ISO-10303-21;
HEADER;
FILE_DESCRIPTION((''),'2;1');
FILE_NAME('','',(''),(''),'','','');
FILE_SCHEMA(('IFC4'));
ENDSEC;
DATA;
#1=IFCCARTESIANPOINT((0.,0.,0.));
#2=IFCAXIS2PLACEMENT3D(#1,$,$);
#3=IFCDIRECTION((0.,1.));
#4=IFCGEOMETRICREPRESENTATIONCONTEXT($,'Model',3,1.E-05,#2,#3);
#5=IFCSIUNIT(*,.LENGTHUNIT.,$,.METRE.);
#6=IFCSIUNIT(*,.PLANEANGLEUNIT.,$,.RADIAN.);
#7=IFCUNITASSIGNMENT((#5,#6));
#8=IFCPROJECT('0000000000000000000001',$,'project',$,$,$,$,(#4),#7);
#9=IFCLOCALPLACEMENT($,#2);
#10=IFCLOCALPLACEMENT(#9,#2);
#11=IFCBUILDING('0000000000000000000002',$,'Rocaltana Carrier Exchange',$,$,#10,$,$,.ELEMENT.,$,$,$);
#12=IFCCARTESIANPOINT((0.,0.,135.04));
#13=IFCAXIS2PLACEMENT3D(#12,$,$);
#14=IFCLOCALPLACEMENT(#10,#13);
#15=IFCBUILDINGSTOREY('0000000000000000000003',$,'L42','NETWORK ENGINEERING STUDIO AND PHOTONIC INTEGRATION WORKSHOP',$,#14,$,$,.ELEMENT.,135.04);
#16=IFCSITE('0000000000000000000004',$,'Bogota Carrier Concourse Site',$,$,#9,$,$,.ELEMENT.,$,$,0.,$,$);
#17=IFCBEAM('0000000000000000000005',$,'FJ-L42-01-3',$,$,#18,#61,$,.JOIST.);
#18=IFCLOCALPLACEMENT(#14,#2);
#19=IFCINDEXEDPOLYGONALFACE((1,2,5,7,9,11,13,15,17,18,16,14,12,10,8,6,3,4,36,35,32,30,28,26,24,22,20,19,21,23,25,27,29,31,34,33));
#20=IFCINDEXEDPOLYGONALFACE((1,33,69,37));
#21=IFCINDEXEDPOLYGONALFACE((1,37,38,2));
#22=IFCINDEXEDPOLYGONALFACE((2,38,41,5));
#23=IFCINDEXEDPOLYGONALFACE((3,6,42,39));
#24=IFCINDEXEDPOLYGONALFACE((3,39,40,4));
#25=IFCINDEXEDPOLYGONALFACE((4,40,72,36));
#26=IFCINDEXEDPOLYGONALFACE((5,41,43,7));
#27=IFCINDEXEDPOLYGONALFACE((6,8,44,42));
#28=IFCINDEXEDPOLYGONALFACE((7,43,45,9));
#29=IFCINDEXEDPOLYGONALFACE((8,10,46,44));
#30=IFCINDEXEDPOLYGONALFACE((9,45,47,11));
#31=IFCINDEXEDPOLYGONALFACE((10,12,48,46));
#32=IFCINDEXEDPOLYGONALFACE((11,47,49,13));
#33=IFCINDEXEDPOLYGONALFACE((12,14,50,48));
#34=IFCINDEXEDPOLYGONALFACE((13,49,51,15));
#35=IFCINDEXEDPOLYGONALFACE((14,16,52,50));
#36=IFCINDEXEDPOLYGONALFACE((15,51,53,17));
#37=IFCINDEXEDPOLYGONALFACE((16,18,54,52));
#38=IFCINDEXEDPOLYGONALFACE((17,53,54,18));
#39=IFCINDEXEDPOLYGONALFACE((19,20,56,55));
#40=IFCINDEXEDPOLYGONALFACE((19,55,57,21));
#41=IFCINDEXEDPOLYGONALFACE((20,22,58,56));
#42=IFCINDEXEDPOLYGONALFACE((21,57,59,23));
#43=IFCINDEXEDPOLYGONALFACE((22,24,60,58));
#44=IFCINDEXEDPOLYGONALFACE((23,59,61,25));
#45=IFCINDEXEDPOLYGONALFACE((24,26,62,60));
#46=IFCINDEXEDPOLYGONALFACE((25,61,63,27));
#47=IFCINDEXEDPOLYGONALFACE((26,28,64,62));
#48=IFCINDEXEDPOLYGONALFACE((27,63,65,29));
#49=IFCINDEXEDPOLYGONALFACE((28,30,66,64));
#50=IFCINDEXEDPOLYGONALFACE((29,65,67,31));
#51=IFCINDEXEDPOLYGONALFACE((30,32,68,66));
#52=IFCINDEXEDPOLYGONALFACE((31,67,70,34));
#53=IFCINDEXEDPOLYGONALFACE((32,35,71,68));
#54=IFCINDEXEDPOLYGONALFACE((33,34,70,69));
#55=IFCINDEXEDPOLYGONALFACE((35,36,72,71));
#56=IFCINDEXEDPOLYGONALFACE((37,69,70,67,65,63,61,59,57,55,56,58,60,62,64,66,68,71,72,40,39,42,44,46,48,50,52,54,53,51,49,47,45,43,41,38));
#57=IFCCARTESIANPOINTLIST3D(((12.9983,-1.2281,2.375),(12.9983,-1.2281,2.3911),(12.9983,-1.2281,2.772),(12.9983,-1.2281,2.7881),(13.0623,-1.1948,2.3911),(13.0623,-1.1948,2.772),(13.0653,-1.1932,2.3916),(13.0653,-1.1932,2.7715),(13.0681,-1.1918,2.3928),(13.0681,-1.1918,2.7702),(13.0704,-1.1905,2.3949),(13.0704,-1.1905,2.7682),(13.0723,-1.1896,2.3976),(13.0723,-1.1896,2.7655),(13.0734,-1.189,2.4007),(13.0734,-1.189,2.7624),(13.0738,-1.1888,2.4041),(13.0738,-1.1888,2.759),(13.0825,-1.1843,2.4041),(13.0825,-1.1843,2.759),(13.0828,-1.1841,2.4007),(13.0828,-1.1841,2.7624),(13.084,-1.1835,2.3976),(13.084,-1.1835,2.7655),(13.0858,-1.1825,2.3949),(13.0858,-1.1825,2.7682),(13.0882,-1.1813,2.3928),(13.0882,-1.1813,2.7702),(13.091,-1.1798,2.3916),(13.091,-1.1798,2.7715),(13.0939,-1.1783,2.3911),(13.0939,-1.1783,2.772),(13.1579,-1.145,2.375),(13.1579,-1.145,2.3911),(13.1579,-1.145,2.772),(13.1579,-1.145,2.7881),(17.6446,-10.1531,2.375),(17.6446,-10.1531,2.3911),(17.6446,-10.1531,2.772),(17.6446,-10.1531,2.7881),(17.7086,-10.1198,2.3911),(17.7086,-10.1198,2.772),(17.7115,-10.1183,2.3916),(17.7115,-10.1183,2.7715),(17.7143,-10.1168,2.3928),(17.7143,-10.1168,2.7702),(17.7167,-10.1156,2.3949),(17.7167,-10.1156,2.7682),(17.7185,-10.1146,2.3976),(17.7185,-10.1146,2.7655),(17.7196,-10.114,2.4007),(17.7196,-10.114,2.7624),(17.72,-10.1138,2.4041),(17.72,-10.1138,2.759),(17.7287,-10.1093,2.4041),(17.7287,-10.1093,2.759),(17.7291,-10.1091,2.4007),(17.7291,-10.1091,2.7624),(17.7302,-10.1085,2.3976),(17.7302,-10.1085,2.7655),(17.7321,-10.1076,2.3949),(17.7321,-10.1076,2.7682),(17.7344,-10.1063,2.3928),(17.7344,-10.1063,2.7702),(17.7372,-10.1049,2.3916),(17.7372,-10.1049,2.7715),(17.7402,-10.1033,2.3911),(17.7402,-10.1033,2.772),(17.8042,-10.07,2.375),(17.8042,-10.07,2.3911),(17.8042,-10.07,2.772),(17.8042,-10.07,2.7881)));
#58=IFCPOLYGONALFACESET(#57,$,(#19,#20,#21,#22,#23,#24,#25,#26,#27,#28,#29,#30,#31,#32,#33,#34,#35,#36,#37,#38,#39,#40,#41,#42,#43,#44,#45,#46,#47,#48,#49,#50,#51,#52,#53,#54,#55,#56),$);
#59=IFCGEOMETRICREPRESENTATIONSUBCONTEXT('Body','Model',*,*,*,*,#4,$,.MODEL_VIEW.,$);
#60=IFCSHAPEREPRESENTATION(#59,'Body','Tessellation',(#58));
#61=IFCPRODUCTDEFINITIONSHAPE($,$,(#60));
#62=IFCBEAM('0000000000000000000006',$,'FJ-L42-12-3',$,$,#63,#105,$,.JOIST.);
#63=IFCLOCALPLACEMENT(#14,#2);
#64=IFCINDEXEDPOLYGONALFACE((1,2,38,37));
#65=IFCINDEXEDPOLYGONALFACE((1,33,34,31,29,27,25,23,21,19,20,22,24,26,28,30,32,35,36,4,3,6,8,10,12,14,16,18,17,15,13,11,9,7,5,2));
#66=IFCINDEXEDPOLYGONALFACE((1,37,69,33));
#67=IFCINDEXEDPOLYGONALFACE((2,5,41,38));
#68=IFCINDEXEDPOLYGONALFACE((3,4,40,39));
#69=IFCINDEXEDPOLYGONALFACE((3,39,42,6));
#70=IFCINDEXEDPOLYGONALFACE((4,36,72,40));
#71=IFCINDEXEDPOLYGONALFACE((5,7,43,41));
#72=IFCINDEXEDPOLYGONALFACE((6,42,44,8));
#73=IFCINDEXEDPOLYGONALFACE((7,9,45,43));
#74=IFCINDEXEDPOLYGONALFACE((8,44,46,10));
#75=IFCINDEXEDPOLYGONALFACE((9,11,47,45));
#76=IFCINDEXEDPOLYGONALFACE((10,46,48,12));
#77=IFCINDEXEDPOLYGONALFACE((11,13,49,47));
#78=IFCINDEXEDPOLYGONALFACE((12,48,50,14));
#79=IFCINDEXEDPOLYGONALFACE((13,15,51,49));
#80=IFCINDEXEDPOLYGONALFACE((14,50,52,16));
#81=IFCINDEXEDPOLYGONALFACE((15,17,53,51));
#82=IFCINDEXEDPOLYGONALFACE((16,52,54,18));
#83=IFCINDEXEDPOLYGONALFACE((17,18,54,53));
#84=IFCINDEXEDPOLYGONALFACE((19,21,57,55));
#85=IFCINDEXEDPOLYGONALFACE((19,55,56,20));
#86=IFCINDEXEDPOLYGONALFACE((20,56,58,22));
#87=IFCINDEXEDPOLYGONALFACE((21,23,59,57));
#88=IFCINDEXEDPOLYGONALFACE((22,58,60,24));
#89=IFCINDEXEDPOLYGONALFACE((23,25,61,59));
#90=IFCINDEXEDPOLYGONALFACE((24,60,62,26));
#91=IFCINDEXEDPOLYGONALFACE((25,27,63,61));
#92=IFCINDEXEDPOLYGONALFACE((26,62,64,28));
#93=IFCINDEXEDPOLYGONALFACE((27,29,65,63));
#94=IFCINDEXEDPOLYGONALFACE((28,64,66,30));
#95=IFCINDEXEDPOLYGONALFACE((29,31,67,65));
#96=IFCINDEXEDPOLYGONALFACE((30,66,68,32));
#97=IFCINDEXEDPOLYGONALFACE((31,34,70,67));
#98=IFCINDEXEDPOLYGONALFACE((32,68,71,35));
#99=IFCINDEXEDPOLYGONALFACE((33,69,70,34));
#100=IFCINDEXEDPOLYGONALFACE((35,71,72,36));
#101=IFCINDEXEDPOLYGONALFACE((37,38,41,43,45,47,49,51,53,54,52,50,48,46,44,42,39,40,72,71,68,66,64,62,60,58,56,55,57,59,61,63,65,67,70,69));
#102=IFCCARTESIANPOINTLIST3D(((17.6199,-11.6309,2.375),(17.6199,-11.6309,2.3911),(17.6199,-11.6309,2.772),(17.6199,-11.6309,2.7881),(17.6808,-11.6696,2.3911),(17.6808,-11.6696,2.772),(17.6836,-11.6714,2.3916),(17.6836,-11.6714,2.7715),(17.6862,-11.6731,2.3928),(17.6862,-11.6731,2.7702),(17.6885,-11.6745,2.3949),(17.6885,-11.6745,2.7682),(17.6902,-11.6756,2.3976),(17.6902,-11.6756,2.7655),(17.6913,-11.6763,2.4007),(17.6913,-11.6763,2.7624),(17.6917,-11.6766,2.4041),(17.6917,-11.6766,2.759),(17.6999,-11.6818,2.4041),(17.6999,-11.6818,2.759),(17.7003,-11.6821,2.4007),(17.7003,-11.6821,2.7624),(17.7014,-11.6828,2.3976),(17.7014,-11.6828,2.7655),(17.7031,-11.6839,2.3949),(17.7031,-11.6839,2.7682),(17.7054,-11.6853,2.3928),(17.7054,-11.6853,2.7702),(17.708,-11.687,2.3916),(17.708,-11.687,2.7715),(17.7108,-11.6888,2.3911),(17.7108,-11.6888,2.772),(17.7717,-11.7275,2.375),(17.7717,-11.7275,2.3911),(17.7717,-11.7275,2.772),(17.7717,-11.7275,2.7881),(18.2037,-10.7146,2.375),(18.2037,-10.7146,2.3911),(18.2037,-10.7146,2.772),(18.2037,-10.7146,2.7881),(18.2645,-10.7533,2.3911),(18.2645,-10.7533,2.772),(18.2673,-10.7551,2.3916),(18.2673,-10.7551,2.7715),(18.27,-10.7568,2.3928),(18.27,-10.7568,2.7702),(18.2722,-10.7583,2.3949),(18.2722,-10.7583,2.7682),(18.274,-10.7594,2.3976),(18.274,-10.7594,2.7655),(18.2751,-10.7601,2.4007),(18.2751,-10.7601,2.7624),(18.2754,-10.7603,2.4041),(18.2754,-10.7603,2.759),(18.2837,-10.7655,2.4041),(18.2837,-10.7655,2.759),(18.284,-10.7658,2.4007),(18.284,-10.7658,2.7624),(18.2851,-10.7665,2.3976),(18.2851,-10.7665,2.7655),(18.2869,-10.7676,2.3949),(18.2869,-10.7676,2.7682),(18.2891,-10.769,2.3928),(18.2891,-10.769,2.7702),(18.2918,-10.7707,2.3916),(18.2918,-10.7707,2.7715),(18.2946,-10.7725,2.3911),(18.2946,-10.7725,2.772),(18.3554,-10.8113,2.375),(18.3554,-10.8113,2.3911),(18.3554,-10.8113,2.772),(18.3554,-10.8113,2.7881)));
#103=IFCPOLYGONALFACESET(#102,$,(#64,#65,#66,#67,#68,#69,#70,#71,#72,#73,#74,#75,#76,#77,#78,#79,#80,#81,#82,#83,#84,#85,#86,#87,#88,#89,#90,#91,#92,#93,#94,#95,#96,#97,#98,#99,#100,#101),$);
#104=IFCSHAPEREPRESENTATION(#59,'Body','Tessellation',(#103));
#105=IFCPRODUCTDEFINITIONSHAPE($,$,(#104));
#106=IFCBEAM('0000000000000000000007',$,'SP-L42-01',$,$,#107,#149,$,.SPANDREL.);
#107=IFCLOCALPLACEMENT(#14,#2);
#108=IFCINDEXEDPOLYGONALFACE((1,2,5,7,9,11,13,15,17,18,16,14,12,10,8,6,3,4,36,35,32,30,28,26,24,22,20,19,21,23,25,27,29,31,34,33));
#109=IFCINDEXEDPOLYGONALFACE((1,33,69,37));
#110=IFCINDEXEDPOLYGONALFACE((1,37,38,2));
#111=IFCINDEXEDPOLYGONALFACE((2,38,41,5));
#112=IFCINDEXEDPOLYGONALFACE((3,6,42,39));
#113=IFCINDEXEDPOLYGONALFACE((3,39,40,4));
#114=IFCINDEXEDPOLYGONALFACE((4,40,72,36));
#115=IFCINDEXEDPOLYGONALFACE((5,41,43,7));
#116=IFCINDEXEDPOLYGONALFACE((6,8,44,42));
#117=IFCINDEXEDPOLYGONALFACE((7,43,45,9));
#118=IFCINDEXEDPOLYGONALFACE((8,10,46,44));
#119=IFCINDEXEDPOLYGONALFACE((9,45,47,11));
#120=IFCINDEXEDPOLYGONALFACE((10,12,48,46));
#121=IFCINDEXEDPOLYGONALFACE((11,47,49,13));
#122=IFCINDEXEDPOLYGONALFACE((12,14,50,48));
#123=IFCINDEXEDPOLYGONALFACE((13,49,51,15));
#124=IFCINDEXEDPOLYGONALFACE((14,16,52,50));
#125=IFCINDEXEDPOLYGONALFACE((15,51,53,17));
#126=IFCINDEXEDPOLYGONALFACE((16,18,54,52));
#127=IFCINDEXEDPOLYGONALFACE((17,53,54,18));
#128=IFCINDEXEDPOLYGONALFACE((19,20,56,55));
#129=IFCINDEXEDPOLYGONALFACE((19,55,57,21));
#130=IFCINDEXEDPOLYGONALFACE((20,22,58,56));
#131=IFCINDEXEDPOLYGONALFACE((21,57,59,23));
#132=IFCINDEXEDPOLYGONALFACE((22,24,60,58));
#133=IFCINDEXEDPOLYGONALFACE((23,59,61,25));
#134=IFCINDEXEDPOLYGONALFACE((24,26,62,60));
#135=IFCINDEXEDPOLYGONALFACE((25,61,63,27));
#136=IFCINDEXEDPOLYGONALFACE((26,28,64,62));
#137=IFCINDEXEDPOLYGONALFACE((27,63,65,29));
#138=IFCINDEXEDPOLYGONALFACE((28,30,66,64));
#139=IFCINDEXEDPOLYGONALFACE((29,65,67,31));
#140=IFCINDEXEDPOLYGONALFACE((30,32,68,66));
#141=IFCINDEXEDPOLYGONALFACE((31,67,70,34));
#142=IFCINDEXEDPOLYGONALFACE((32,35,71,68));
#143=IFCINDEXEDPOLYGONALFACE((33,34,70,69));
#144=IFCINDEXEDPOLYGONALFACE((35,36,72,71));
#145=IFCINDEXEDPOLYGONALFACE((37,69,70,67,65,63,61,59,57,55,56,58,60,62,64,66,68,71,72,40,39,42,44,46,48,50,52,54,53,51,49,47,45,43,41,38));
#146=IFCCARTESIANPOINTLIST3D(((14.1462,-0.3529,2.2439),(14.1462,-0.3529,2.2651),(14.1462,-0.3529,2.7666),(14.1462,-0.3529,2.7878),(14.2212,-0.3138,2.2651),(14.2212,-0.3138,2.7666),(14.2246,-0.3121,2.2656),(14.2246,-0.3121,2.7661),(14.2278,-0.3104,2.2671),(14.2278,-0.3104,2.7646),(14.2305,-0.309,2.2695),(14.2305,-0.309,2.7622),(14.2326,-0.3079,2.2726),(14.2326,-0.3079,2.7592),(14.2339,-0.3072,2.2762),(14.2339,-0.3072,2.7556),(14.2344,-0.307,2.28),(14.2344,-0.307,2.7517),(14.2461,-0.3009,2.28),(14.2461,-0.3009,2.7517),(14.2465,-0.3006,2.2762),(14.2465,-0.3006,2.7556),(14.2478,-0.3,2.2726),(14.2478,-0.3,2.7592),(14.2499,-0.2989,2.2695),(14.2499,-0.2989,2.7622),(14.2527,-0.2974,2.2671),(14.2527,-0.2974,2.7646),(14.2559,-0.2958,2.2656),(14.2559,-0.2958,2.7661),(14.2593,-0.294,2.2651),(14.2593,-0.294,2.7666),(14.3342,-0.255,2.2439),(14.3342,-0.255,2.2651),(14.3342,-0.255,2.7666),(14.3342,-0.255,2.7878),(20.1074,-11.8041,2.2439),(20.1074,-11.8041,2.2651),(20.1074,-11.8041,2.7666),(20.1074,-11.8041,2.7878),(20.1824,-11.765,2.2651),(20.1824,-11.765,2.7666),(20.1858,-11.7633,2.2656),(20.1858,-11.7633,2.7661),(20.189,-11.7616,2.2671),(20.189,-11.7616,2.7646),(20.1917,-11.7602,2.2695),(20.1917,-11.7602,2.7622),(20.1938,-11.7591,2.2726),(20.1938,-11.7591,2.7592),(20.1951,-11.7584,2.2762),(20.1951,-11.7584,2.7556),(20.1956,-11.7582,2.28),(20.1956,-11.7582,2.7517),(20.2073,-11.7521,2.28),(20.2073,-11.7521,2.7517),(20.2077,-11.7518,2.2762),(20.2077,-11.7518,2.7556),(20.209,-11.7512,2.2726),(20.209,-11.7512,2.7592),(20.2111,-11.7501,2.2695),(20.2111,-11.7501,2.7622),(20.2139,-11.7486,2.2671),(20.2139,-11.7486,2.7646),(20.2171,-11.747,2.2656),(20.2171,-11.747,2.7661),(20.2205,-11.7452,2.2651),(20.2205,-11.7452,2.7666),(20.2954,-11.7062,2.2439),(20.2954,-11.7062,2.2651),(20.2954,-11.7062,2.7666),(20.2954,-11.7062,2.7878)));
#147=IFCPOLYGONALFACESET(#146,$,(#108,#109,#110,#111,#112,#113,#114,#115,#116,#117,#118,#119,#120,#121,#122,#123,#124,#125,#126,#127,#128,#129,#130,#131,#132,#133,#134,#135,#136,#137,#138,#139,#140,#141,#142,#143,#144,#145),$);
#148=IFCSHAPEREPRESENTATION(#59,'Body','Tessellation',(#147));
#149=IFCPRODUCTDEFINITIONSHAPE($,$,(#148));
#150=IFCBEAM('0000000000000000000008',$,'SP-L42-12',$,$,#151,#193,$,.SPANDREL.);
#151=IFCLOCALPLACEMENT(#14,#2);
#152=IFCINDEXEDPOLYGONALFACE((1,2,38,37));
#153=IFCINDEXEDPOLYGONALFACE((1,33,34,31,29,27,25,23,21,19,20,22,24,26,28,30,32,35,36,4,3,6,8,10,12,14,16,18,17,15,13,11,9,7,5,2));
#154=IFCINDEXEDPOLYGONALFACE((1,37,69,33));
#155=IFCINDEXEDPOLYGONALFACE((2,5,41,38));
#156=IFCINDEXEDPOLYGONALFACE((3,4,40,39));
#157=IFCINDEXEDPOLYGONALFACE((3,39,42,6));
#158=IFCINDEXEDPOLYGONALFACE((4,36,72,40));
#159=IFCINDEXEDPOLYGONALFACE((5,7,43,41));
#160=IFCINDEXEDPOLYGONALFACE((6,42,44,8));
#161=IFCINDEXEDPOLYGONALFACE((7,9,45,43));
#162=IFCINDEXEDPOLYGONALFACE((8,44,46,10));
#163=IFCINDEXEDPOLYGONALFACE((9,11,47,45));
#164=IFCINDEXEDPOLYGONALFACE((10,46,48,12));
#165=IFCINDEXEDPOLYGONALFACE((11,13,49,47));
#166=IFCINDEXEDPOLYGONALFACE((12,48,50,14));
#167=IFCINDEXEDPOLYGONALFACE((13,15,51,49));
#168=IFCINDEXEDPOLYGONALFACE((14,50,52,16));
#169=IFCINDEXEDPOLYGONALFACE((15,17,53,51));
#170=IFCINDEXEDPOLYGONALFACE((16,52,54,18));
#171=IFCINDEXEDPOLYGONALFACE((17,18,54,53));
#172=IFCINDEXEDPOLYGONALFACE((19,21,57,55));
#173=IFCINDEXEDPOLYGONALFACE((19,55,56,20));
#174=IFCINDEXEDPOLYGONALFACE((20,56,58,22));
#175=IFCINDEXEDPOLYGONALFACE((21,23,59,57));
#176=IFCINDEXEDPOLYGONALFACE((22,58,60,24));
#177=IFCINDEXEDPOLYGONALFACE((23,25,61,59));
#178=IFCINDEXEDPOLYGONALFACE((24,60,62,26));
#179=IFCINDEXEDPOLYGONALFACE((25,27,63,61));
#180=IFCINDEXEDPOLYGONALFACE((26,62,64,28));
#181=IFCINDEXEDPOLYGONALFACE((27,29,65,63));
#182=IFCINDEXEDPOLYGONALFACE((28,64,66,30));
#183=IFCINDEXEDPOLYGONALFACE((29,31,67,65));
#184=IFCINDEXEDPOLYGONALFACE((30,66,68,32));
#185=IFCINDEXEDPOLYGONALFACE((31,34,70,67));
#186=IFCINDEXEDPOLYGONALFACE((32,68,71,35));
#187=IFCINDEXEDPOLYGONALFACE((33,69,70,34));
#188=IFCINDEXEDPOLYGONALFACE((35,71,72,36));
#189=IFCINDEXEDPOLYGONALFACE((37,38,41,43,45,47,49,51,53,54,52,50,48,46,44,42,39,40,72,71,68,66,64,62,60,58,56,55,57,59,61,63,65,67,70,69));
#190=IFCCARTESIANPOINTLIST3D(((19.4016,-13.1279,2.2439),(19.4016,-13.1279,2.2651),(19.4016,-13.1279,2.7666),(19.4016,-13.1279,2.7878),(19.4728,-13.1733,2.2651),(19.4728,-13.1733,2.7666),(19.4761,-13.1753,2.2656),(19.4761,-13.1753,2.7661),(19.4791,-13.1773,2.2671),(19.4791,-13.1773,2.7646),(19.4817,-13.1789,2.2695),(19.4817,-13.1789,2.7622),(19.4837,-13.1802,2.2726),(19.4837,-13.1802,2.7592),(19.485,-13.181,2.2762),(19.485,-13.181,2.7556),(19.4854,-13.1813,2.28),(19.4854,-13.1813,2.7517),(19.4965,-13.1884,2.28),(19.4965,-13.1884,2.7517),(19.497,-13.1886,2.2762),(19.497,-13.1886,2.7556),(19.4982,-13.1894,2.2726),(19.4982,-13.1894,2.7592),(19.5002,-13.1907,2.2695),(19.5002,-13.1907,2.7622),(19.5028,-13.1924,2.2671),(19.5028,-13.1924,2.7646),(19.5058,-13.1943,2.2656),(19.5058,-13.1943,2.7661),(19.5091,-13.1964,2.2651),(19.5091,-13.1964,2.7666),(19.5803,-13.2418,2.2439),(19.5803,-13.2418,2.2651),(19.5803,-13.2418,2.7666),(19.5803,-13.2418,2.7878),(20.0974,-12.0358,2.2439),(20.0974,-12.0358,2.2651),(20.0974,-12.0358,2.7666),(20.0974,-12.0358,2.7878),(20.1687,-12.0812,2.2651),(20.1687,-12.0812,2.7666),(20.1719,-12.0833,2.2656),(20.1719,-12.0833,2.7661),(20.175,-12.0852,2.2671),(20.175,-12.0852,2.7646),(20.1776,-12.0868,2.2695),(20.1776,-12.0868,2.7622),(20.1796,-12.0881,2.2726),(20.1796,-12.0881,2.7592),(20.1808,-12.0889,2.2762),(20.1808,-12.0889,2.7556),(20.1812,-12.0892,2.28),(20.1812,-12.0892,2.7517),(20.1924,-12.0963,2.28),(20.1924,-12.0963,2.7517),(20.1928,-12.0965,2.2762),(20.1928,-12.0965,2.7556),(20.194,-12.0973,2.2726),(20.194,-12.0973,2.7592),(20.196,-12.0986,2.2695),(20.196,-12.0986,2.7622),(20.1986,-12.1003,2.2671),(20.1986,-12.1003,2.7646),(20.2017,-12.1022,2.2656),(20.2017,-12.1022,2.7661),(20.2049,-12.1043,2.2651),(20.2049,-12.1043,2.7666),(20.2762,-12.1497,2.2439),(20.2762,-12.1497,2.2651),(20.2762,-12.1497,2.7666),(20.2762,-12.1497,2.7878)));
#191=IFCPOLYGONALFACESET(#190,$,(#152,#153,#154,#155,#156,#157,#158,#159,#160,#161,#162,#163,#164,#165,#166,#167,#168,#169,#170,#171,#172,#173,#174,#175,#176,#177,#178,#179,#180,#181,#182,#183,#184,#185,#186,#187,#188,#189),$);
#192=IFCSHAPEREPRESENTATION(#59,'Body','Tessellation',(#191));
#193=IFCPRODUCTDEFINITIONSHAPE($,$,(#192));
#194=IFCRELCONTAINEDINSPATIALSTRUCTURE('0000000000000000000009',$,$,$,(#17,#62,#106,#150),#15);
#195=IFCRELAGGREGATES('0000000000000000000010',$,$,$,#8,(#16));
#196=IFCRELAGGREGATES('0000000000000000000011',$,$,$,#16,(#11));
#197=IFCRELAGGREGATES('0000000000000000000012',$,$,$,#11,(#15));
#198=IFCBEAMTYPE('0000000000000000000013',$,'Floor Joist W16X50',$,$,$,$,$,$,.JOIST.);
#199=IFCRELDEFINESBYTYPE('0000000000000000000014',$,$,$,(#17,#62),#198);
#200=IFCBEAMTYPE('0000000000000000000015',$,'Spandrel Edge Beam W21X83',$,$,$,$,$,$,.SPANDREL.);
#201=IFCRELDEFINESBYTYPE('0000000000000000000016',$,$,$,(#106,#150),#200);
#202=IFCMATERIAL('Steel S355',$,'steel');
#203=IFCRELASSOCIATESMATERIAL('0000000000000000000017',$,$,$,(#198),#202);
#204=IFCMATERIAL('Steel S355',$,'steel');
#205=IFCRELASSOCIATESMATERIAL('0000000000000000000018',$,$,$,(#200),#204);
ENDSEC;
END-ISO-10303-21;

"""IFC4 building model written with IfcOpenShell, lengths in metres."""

from ifc_helpers import new_model, si_unit, direction, frame, origin, origin_2d, place, context, subcontext, project, spatial, i_section, extrude, material, material_profile, profile_set, type_object, element, save


model = new_model("IFC4")

# Units and contexts
model_context = context("Model", 3, precision=1e-05, world=origin(), true_north=direction((0.0, 1.0)))
body_context = subcontext(model_context, "Body", "Model", "MODEL_VIEW")
ifc_project = project(units=[si_unit("LENGTHUNIT", "METRE"), si_unit("PLANEANGLEUNIT", "RADIAN")], contexts=[model_context])

# Site, building, storey
site_placement = place(None, origin())
site = spatial("IfcSite", under=ifc_project, at=site_placement, Name="Bogota Carrier Concourse Site", CompositionType="ELEMENT", RefElevation=0.0)
building_placement = place(site_placement, origin())
building = spatial("IfcBuilding", under=site, at=building_placement, Name="Rocaltana Carrier Exchange", CompositionType="ELEMENT")
storey_placement = place(building_placement, frame((0.0, 0.0, 135.04)))
storey = spatial("IfcBuildingStorey", under=building, at=storey_placement, Name="L42", Description="NETWORK ENGINEERING STUDIO AND PHOTONIC INTEGRATION WORKSHOP", CompositionType="ELEMENT", Elevation=135.04)

# Beams
ifc_material_1 = material(Name="Steel S355", Category="steel")
ifc_material_profile_1 = material_profile(ifc_material_1, i_section(OverallWidth=0.1799, OverallDepth=0.4131, WebThickness=0.0098, FlangeThickness=0.0161, FilletRadius=0.0129, at=origin_2d()), Name="W16X50")
ifc_profile_set_1 = profile_set([ifc_material_profile_1], Name="Steel S355")
beam_type_1 = type_object("IfcBeamType", Name="Floor Joist W16X50", PredefinedType="JOIST", material=ifc_profile_set_1)
beam_1_placement = place(storey_placement, frame((17.7244, -10.1116, 2.5815), z_axis=(-0.461761, 0.887005, 0.0), x_axis=(-0.887005, -0.461761, 0.0)))
element("IfcBeam", 1, at=beam_1_placement, inside=storey, type_object=beam_type_1, Name="FJ-L42-01-3", PredefinedType="JOIST", context=body_context, shape_type="SweptSolid", body=[
    extrude(i_section(OverallWidth=0.1799, OverallDepth=0.4131, WebThickness=0.0098, FlangeThickness=0.0161, FilletRadius=0.0129, at=origin_2d()), origin(), (0.0, 0.0, 1.0), 10.062),
])
beam_2_placement = place(storey_placement, frame((17.6958, -11.6792, 2.5815), z_axis=(0.537312, 0.843384, 0.0), x_axis=(-0.843384, 0.537312, 0.0)))
element("IfcBeam", 2, at=beam_2_placement, inside=storey, type_object=beam_type_1, Name="FJ-L42-12-3", PredefinedType="JOIST", context=body_context, shape_type="SweptSolid", body=[
    extrude(i_section(OverallWidth=0.1799, OverallDepth=0.4131, WebThickness=0.0098, FlangeThickness=0.0161, FilletRadius=0.0129, at=origin_2d()), origin(), (0.0, 0.0, 1.0), 1.0864),
])
ifc_material_2 = material(Name="Steel S355", Category="steel")
ifc_material_profile_2 = material_profile(ifc_material_2, i_section(OverallWidth=0.2119, OverallDepth=0.5439, WebThickness=0.0132, FlangeThickness=0.0212, FilletRadius=0.0149, at=origin_2d()), Name="W21X83")
ifc_profile_set_2 = profile_set([ifc_material_profile_2], Name="Steel S355")
beam_type_2 = type_object("IfcBeamType", Name="Spandrel Edge Beam W21X83", PredefinedType="SPANDREL", material=ifc_profile_set_2)
beam_3_placement = place(storey_placement, frame((20.2014, -11.7551, 2.5159), z_axis=(-0.461753, 0.887008, 0.0), x_axis=(-0.887008, -0.461753, 0.0)))
element("IfcBeam", 3, at=beam_3_placement, inside=storey, type_object=beam_type_2, Name="SP-L42-01", PredefinedType="SPANDREL", context=body_context, shape_type="SweptSolid", body=[
    extrude(i_section(OverallWidth=0.2119, OverallDepth=0.5439, WebThickness=0.0132, FlangeThickness=0.0212, FilletRadius=0.0149, at=origin_2d()), origin(), (0.0, 0.0, 1.0), 12.9099),
])
beam_4_placement = place(storey_placement, frame((19.491, -13.1848, 2.5159), z_axis=(0.537351, 0.843359, 0.0), x_axis=(-0.843359, 0.537351, 0.0)))
element("IfcBeam", 4, at=beam_4_placement, inside=storey, type_object=beam_type_2, Name="SP-L42-12", PredefinedType="SPANDREL", context=body_context, shape_type="SweptSolid", body=[
    extrude(i_section(OverallWidth=0.2119, OverallDepth=0.5439, WebThickness=0.0132, FlangeThickness=0.0212, FilletRadius=0.0149, at=origin_2d()), origin(), (0.0, 0.0, 1.0), 1.2949),
])

save(model, "model.ifc")
